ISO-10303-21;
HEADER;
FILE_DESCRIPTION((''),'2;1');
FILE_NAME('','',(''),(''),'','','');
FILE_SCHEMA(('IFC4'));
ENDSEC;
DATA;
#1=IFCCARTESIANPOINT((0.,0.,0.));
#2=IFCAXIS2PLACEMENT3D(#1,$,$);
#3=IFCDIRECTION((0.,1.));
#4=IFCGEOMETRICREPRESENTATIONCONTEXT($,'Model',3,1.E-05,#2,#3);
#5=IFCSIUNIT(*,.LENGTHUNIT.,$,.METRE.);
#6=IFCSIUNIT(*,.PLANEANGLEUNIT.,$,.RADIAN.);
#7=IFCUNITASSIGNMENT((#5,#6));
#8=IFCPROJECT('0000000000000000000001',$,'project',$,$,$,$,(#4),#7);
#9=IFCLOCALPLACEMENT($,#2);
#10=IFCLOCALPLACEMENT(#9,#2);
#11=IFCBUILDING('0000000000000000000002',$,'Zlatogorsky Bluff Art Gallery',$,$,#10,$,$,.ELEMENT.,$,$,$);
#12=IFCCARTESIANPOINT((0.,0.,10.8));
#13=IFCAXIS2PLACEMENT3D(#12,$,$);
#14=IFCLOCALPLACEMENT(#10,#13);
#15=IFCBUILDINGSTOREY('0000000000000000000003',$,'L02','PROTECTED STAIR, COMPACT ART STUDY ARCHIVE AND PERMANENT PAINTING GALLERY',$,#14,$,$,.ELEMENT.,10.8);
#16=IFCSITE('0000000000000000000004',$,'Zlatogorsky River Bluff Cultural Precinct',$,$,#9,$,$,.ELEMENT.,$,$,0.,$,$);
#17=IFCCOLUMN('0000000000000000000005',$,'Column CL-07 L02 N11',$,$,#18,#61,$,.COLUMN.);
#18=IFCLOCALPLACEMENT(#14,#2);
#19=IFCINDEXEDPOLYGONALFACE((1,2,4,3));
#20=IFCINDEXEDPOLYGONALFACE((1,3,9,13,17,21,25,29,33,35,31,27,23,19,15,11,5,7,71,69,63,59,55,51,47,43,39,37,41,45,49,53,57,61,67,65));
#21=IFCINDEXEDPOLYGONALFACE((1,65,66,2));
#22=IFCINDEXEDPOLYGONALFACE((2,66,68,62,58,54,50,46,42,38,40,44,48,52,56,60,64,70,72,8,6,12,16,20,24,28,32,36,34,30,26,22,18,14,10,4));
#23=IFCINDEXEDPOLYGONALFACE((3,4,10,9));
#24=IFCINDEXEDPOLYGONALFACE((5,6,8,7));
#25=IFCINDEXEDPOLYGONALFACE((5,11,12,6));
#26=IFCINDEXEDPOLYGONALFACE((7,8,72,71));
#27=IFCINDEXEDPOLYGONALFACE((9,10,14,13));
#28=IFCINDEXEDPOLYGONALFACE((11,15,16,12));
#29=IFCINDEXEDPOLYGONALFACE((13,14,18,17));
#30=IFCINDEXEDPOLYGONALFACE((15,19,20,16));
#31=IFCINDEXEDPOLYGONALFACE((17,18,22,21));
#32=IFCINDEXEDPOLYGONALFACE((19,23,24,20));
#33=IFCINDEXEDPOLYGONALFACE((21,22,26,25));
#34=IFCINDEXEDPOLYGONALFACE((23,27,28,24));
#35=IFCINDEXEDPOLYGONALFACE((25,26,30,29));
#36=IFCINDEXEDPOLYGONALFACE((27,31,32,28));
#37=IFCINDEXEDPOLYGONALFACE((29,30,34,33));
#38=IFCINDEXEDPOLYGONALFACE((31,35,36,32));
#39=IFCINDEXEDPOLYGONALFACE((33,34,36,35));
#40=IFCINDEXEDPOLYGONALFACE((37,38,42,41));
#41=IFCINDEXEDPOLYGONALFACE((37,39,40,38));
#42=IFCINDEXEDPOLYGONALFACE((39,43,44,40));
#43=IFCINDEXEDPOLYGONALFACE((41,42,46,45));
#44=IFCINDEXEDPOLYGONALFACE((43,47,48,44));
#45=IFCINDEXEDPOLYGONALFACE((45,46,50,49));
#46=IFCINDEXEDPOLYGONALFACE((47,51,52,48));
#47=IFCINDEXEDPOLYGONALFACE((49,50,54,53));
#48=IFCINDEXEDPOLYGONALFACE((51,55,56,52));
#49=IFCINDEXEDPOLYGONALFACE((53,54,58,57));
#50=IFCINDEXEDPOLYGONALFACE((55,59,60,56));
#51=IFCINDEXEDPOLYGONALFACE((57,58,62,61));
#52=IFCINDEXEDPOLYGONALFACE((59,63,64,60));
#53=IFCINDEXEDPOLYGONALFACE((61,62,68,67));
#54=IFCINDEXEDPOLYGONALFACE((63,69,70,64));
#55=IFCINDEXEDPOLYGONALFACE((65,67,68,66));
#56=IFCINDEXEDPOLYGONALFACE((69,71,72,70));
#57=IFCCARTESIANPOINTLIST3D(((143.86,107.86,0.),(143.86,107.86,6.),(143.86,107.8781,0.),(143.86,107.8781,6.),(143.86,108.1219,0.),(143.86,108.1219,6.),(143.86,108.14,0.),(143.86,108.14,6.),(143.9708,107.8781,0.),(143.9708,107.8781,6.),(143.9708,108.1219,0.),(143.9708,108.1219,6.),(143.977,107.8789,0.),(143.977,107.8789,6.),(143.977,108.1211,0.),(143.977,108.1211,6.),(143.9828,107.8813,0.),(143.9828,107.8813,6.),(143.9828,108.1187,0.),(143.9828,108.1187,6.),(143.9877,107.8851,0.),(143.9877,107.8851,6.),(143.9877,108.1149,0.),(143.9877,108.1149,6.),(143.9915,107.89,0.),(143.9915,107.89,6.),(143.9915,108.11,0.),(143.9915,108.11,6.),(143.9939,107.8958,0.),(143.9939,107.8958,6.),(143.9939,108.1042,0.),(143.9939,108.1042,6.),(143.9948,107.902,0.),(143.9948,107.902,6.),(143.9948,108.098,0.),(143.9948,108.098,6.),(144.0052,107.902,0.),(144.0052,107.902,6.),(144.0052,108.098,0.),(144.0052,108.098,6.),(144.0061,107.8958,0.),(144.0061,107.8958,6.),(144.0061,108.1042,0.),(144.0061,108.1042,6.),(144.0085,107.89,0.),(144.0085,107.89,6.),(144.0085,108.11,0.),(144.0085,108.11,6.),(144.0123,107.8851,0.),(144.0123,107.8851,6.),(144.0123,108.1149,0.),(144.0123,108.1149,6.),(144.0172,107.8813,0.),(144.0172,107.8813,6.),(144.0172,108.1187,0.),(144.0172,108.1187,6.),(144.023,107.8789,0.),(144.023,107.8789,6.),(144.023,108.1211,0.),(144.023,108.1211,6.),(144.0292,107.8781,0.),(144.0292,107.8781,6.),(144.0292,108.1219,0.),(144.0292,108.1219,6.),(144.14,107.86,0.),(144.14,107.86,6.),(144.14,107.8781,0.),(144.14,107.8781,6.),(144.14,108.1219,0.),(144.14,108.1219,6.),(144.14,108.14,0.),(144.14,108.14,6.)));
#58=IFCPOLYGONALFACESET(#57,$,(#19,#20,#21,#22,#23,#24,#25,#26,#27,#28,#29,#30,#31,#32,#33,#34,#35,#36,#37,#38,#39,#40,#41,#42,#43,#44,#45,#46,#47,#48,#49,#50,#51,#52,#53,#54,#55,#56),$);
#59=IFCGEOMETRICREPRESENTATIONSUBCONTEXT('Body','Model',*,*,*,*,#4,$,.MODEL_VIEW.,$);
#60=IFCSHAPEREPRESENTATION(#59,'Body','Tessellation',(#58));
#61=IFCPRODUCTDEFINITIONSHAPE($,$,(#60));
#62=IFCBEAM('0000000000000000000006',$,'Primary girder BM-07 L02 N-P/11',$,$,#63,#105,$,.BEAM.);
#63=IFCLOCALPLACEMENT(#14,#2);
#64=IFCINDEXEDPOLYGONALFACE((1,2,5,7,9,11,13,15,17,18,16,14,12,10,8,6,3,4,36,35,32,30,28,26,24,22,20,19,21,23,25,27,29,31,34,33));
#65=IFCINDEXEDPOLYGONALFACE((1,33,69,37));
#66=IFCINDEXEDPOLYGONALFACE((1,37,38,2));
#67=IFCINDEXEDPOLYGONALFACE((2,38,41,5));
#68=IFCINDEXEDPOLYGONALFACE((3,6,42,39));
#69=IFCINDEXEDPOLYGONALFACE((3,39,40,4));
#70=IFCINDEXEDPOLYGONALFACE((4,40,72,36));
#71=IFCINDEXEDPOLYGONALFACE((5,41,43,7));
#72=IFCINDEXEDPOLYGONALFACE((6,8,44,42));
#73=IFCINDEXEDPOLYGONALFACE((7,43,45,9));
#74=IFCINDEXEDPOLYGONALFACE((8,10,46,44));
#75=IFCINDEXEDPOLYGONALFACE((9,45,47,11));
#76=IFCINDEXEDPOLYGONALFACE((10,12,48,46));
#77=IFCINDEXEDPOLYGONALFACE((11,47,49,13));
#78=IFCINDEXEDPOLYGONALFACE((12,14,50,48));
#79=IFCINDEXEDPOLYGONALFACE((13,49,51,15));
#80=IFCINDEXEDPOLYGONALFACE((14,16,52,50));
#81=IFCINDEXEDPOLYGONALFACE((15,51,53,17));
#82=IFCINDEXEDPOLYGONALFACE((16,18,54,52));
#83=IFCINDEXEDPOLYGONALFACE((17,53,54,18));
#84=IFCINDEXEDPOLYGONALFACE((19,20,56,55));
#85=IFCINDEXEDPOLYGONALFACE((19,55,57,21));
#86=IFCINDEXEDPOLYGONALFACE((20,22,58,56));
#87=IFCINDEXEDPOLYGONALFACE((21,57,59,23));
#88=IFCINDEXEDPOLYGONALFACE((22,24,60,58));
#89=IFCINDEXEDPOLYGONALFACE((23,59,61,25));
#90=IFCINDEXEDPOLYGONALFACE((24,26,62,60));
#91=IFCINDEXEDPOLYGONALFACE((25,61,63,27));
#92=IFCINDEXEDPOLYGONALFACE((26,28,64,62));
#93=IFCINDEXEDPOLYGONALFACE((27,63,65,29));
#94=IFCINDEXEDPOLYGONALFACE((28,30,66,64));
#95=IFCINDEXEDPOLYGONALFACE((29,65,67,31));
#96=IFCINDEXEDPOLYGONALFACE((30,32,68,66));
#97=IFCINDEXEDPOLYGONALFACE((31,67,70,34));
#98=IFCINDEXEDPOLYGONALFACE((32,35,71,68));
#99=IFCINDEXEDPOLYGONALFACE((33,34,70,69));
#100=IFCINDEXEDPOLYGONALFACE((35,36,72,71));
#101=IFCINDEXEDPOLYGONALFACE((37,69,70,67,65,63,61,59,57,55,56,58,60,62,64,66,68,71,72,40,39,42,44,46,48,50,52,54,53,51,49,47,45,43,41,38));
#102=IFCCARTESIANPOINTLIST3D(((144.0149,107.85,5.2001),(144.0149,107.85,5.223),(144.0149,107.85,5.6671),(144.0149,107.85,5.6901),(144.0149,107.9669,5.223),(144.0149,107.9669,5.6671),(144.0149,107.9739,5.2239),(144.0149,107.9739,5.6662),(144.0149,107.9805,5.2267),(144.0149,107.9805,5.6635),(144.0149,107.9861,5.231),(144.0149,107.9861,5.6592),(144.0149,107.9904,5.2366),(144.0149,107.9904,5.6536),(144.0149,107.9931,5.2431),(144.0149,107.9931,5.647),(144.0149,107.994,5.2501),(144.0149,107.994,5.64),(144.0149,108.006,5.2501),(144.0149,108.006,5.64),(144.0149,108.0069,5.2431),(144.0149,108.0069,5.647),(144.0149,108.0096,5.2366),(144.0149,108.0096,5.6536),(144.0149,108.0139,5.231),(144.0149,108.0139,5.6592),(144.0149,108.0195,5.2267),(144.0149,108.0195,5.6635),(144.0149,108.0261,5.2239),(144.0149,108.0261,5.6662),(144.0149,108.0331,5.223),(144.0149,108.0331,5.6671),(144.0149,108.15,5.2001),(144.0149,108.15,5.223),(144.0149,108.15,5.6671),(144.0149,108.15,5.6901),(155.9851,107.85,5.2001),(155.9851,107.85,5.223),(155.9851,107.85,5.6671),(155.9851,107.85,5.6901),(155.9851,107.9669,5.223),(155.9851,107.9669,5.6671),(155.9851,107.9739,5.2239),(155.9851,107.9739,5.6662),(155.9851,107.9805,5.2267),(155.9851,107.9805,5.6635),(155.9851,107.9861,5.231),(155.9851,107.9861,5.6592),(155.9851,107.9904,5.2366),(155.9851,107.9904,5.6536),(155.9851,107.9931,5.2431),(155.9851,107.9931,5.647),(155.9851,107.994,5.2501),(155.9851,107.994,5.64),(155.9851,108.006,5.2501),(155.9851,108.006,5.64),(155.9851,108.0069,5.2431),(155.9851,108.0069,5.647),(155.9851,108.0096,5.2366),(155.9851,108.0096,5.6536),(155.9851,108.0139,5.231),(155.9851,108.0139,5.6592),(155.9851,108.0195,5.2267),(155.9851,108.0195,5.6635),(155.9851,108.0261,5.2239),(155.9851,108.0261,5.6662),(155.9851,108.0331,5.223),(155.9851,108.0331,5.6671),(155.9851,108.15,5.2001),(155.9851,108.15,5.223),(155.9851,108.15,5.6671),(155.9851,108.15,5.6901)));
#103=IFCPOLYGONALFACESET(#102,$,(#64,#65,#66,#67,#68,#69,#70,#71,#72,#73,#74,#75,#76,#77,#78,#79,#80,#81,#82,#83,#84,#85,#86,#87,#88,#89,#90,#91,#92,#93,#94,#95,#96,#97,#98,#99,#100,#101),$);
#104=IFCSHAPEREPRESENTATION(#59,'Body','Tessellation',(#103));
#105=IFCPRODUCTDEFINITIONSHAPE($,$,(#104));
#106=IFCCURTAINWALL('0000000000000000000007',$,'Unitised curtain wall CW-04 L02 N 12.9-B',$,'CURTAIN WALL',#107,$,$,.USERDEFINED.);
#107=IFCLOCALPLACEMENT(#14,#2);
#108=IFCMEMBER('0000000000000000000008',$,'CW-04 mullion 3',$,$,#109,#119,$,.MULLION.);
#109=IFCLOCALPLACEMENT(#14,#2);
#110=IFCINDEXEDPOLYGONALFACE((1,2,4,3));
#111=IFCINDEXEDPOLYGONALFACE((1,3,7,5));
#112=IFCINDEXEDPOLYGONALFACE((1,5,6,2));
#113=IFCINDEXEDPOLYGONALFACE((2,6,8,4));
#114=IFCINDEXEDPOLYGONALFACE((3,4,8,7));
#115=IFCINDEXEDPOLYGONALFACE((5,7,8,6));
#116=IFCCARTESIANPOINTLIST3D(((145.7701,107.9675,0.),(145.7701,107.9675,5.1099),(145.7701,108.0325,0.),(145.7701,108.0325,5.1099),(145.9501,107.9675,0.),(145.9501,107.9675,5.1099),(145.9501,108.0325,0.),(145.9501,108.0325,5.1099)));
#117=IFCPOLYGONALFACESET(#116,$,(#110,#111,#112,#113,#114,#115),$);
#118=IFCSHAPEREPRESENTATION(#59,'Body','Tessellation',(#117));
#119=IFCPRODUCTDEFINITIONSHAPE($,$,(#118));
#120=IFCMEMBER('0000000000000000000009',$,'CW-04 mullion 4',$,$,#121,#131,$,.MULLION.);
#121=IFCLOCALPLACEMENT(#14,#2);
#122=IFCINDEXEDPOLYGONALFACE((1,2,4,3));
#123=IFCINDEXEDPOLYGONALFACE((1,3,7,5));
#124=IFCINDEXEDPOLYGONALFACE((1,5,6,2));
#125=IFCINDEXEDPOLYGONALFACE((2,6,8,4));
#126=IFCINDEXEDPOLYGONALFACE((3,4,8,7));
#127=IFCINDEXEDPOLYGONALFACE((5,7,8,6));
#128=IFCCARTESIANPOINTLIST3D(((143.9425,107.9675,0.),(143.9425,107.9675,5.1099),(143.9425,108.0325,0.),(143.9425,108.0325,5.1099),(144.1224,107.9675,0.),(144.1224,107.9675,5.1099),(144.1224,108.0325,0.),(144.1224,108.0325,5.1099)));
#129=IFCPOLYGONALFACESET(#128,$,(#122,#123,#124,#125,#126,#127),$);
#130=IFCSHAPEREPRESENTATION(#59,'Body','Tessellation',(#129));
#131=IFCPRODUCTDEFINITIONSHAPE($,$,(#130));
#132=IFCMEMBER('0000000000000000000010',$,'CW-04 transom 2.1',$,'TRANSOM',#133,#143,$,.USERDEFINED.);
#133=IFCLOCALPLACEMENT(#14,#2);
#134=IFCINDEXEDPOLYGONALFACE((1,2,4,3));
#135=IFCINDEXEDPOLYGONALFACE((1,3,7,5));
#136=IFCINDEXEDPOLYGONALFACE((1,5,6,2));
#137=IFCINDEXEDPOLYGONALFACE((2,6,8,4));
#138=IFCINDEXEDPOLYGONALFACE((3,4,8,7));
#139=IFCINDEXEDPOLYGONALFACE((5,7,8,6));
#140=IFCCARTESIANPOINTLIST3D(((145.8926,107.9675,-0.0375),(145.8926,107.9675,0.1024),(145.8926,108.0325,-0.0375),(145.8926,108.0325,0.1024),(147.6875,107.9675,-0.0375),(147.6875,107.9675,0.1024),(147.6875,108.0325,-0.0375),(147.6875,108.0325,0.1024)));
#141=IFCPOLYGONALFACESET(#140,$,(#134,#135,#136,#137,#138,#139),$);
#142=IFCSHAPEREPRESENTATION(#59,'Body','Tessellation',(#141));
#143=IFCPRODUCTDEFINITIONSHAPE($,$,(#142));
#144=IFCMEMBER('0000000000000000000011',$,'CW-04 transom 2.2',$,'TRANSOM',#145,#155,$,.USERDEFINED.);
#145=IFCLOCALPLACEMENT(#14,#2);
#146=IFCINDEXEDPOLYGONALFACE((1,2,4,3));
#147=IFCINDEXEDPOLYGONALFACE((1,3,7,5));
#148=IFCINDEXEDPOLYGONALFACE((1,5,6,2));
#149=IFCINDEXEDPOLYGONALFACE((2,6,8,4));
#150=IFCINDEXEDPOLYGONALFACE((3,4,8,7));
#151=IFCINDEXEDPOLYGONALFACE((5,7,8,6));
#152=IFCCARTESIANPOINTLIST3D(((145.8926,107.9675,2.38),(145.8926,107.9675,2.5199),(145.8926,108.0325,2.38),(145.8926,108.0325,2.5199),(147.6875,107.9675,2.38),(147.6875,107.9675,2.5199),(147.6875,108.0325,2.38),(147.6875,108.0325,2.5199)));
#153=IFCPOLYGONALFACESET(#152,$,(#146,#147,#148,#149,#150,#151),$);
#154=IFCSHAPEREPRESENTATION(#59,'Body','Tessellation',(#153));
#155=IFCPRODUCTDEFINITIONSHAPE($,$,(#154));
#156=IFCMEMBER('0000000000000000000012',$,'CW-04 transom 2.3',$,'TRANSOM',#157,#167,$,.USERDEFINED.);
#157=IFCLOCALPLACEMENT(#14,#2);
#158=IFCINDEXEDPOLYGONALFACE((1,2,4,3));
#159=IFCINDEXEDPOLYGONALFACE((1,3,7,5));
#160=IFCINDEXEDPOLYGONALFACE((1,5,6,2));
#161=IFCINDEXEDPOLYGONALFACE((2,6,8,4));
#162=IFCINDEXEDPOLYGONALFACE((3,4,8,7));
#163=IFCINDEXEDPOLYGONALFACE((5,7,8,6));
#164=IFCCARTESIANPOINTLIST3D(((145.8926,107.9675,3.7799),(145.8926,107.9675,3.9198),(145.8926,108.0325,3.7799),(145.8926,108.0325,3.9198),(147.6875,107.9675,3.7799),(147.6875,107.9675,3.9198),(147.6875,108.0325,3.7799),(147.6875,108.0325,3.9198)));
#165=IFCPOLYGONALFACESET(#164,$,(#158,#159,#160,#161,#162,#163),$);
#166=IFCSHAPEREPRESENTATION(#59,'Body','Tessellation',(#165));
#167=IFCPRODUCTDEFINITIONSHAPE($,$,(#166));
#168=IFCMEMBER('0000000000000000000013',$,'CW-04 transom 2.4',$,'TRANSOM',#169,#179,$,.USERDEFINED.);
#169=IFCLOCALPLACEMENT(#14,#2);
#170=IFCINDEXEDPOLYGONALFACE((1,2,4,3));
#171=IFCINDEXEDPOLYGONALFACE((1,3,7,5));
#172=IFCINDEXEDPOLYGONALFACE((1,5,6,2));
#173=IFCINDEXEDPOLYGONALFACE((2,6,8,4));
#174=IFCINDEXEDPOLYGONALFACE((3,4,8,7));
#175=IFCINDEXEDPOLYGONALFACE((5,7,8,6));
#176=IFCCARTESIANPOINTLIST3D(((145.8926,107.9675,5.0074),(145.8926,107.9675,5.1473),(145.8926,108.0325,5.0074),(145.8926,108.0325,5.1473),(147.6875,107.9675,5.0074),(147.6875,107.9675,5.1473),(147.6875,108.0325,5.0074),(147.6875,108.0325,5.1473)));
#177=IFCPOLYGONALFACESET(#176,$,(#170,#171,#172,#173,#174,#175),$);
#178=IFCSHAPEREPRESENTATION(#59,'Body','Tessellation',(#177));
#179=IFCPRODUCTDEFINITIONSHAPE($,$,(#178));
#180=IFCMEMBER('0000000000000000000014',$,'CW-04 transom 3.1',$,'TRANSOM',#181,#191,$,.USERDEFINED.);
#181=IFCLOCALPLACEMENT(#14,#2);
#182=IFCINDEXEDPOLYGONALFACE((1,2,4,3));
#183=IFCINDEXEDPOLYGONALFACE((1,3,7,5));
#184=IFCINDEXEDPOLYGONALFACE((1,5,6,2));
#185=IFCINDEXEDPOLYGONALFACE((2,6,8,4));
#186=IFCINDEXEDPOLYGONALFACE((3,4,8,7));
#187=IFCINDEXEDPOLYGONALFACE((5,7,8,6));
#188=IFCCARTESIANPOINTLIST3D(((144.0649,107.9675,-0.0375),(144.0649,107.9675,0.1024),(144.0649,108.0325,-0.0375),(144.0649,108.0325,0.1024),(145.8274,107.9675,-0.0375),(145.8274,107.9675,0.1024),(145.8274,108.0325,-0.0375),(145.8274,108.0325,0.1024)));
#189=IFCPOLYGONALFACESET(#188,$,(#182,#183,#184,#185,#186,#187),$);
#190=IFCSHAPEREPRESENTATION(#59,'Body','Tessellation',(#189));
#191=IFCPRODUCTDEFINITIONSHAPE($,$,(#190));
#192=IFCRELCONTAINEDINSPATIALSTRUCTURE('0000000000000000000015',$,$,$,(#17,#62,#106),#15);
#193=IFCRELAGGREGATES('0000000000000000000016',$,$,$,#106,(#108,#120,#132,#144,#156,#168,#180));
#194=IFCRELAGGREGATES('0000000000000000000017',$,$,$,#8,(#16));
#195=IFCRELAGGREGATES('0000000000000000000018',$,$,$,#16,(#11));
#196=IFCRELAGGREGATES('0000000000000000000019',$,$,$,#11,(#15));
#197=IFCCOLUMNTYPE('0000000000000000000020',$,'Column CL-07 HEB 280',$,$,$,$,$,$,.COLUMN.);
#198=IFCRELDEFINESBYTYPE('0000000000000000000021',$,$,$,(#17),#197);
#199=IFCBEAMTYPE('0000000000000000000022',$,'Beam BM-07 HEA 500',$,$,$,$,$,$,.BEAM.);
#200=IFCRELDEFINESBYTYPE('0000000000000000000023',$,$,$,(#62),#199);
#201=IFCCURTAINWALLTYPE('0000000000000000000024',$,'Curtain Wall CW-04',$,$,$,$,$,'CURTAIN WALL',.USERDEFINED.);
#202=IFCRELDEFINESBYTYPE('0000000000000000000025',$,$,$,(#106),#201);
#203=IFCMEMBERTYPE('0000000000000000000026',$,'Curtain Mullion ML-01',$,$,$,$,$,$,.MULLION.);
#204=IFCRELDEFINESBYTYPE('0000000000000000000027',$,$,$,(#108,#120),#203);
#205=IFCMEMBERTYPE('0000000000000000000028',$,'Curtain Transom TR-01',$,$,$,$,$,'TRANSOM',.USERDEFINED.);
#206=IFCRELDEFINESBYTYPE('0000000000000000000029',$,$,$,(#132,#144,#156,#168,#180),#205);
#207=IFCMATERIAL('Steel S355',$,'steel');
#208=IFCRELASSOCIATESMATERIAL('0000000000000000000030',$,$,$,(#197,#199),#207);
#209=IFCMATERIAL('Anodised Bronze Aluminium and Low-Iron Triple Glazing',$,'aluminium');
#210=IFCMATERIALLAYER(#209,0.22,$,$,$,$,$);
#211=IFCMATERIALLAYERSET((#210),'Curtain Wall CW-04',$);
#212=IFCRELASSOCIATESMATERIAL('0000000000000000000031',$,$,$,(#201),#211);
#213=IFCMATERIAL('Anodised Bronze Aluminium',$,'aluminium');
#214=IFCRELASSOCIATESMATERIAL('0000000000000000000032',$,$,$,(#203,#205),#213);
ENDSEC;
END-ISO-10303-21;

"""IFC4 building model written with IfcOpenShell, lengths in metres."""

from ifc_helpers import new_model, si_unit, direction, frame, origin, origin_2d, place, context, subcontext, project, spatial, rectangle, i_section, extrude, material, layer, layer_set, material_profile, profile_set, type_object, element, aggregate, save


model = new_model("IFC4")

# Units and contexts
model_context = context("Model", 3, precision=1e-05, world=origin(), true_north=direction((0.0, 1.0)))
body_context = subcontext(model_context, "Body", "Model", "MODEL_VIEW")
ifc_project = project(units=[si_unit("LENGTHUNIT", "METRE"), si_unit("PLANEANGLEUNIT", "RADIAN")], contexts=[model_context])

# Site, building, storey
site_placement = place(None, origin())
site = spatial("IfcSite", under=ifc_project, at=site_placement, Name="Zlatogorsky River Bluff Cultural Precinct", CompositionType="ELEMENT", RefElevation=0.0)
building_placement = place(site_placement, origin())
building = spatial("IfcBuilding", under=site, at=building_placement, Name="Zlatogorsky Bluff Art Gallery", CompositionType="ELEMENT")
storey_placement = place(building_placement, frame((0.0, 0.0, 10.8)))
storey = spatial("IfcBuildingStorey", under=building, at=storey_placement, Name="L02", Description="PROTECTED STAIR, COMPACT ART STUDY ARCHIVE AND PERMANENT PAINTING GALLERY", CompositionType="ELEMENT", Elevation=10.8)

# Column
ifc_material_1 = material(Name="Steel S355", Category="steel")
ifc_material_profile_1 = material_profile(ifc_material_1, i_section(OverallWidth=0.28, OverallDepth=0.28, WebThickness=0.0105, FlangeThickness=0.0181, FilletRadius=0.0239, at=origin_2d()), Name="HEB 280")
ifc_profile_set_1 = profile_set([ifc_material_profile_1], Name="Steel S355")
column_type = type_object("IfcColumnType", Name="Column CL-07 HEB 280", PredefinedType="COLUMN", material=ifc_profile_set_1)
column_placement = place(storey_placement, frame((144.0, 108.0, 0.0), z_axis=(0.0, 0.0, 1.0), x_axis=(1.0, 0.0, 0.0)))
element("IfcColumn", 1, at=column_placement, inside=storey, type_object=column_type, Name="Column CL-07 L02 N11", PredefinedType="COLUMN", context=body_context, shape_type="SweptSolid", body=[
    extrude(i_section(OverallWidth=0.28, OverallDepth=0.28, WebThickness=0.0105, FlangeThickness=0.0181, FilletRadius=0.0239, at=origin_2d()), origin(), (0.0, 0.0, 1.0), 6.0),
])

# Beam
ifc_material_profile_2 = material_profile(ifc_material_1, i_section(OverallWidth=0.3, OverallDepth=0.49, WebThickness=0.012, FlangeThickness=0.0229, FilletRadius=0.0271, at=origin_2d()), Name="HEA 500")
ifc_profile_set_2 = profile_set([ifc_material_profile_2], Name="Steel S355")
beam_type = type_object("IfcBeamType", Name="Beam BM-07 HEA 500", PredefinedType="BEAM", material=ifc_profile_set_2)
beam_placement = place(storey_placement, frame((144.0149, 108.0, 5.4451), z_axis=(1.0, 0.0, 0.0), x_axis=(0.0, 1.0, 0.0)))
element("IfcBeam", 2, at=beam_placement, inside=storey, type_object=beam_type, Name="Primary girder BM-07 L02 N-P/11", PredefinedType="BEAM", context=body_context, shape_type="SweptSolid", body=[
    extrude(i_section(OverallWidth=0.3, OverallDepth=0.49, WebThickness=0.012, FlangeThickness=0.0229, FilletRadius=0.0271, at=origin_2d()), origin(), (0.0, 0.0, 1.0), 11.9702),
])

# Curtain wall, members
ifc_material_2 = material(Name="Anodised Bronze Aluminium and Low-Iron Triple Glazing", Category="aluminium")
ifc_layer_1 = layer(ifc_material_2, 0.22)
ifc_layer_set_1 = layer_set([ifc_layer_1], Name="Curtain Wall CW-04")
curtain_wall_type = type_object("IfcCurtainWallType", Name="Curtain Wall CW-04", ElementType="CURTAIN WALL", PredefinedType="USERDEFINED", material=ifc_layer_set_1)
curtain_wall_placement = place(storey_placement, origin())
curtain_wall = element("IfcCurtainWall", 3, at=curtain_wall_placement, inside=storey, type_object=curtain_wall_type, Name="Unitised curtain wall CW-04 L02 N 12.9-B", ObjectType="CURTAIN WALL", PredefinedType="USERDEFINED")
ifc_material_3 = material(Name="Anodised Bronze Aluminium", Category="aluminium")
ifc_material_profile_3 = material_profile(ifc_material_3, rectangle(XDim=0.0649, YDim=0.1799, at=origin_2d()), Name="ALU MULLION 65x180")
ifc_profile_set_3 = profile_set([ifc_material_profile_3], Name="Anodised Bronze Aluminium")
member_type_1 = type_object("IfcMemberType", Name="Curtain Mullion ML-01", PredefinedType="MULLION", material=ifc_profile_set_3)
member_1_placement = place(storey_placement, frame((145.8601, 108.0, 0.0), z_axis=(0.0, 0.0, 1.0), x_axis=(0.0, -1.0, 0.0)))
member_1 = element("IfcMember", 4, at=member_1_placement, type_object=member_type_1, Name="CW-04 mullion 3", PredefinedType="MULLION", context=body_context, shape_type="SweptSolid", body=[
    extrude(rectangle(XDim=0.0649, YDim=0.1799, at=origin_2d()), origin(), (0.0, 0.0, 1.0), 5.1099),
])
member_2_placement = place(storey_placement, frame((144.0325, 108.0, 0.0), z_axis=(0.0, 0.0, 1.0), x_axis=(0.0, -1.0, 0.0)))
member_2 = element("IfcMember", 5, at=member_2_placement, type_object=member_type_1, Name="CW-04 mullion 4", PredefinedType="MULLION", context=body_context, shape_type="SweptSolid", body=[
    extrude(rectangle(XDim=0.0649, YDim=0.1799, at=origin_2d()), origin(), (0.0, 0.0, 1.0), 5.1099),
])
ifc_material_profile_4 = material_profile(ifc_material_3, rectangle(XDim=0.0649, YDim=0.1399, at=origin_2d()), Name="ALU TRANSOM 65x140")
ifc_profile_set_4 = profile_set([ifc_material_profile_4], Name="Anodised Bronze Aluminium")
member_type_2 = type_object("IfcMemberType", Name="Curtain Transom TR-01", ElementType="TRANSOM", PredefinedType="USERDEFINED", material=ifc_profile_set_4)
member_3_placement = place(storey_placement, frame((147.6875, 108.0, 0.0325), z_axis=(-1.0, 0.0, 0.0), x_axis=(0.0, -1.0, 0.0)))
member_3 = element("IfcMember", 6, at=member_3_placement, type_object=member_type_2, Name="CW-04 transom 2.1", ObjectType="TRANSOM", PredefinedType="USERDEFINED", context=body_context, shape_type="SweptSolid", body=[
    extrude(rectangle(XDim=0.0649, YDim=0.1399, at=origin_2d()), origin(), (0.0, 0.0, 1.0), 1.7949),
])
member_4_placement = place(storey_placement, frame((147.6875, 108.0, 2.45), z_axis=(-1.0, 0.0, 0.0), x_axis=(0.0, -1.0, 0.0)))
member_4 = element("IfcMember", 7, at=member_4_placement, type_object=member_type_2, Name="CW-04 transom 2.2", ObjectType="TRANSOM", PredefinedType="USERDEFINED", context=body_context, shape_type="SweptSolid", body=[
    extrude(rectangle(XDim=0.0649, YDim=0.1399, at=origin_2d()), origin(), (0.0, 0.0, 1.0), 1.7949),
])
member_5_placement = place(storey_placement, frame((147.6875, 108.0, 3.8499), z_axis=(-1.0, 0.0, 0.0), x_axis=(0.0, -1.0, 0.0)))
member_5 = element("IfcMember", 8, at=member_5_placement, type_object=member_type_2, Name="CW-04 transom 2.3", ObjectType="TRANSOM", PredefinedType="USERDEFINED", context=body_context, shape_type="SweptSolid", body=[
    extrude(rectangle(XDim=0.0649, YDim=0.1399, at=origin_2d()), origin(), (0.0, 0.0, 1.0), 1.7949),
])
member_6_placement = place(storey_placement, frame((147.6875, 108.0, 5.0774), z_axis=(-1.0, 0.0, 0.0), x_axis=(0.0, -1.0, 0.0)))
member_6 = element("IfcMember", 9, at=member_6_placement, type_object=member_type_2, Name="CW-04 transom 2.4", ObjectType="TRANSOM", PredefinedType="USERDEFINED", context=body_context, shape_type="SweptSolid", body=[
    extrude(rectangle(XDim=0.0649, YDim=0.1399, at=origin_2d()), origin(), (0.0, 0.0, 1.0), 1.7949),
])
member_7_placement = place(storey_placement, frame((145.8274, 108.0, 0.0325), z_axis=(-1.0, 0.0, 0.0), x_axis=(0.0, -1.0, 0.0)))
member_7 = element("IfcMember", 10, at=member_7_placement, type_object=member_type_2, Name="CW-04 transom 3.1", ObjectType="TRANSOM", PredefinedType="USERDEFINED", context=body_context, shape_type="SweptSolid", body=[
    extrude(rectangle(XDim=0.0649, YDim=0.1399, at=origin_2d()), origin(), (0.0, 0.0, 1.0), 1.7625),
])
aggregate(curtain_wall, [member_1, member_2, member_3, member_4, member_5, member_6, member_7])

save(model, "model.ifc")
